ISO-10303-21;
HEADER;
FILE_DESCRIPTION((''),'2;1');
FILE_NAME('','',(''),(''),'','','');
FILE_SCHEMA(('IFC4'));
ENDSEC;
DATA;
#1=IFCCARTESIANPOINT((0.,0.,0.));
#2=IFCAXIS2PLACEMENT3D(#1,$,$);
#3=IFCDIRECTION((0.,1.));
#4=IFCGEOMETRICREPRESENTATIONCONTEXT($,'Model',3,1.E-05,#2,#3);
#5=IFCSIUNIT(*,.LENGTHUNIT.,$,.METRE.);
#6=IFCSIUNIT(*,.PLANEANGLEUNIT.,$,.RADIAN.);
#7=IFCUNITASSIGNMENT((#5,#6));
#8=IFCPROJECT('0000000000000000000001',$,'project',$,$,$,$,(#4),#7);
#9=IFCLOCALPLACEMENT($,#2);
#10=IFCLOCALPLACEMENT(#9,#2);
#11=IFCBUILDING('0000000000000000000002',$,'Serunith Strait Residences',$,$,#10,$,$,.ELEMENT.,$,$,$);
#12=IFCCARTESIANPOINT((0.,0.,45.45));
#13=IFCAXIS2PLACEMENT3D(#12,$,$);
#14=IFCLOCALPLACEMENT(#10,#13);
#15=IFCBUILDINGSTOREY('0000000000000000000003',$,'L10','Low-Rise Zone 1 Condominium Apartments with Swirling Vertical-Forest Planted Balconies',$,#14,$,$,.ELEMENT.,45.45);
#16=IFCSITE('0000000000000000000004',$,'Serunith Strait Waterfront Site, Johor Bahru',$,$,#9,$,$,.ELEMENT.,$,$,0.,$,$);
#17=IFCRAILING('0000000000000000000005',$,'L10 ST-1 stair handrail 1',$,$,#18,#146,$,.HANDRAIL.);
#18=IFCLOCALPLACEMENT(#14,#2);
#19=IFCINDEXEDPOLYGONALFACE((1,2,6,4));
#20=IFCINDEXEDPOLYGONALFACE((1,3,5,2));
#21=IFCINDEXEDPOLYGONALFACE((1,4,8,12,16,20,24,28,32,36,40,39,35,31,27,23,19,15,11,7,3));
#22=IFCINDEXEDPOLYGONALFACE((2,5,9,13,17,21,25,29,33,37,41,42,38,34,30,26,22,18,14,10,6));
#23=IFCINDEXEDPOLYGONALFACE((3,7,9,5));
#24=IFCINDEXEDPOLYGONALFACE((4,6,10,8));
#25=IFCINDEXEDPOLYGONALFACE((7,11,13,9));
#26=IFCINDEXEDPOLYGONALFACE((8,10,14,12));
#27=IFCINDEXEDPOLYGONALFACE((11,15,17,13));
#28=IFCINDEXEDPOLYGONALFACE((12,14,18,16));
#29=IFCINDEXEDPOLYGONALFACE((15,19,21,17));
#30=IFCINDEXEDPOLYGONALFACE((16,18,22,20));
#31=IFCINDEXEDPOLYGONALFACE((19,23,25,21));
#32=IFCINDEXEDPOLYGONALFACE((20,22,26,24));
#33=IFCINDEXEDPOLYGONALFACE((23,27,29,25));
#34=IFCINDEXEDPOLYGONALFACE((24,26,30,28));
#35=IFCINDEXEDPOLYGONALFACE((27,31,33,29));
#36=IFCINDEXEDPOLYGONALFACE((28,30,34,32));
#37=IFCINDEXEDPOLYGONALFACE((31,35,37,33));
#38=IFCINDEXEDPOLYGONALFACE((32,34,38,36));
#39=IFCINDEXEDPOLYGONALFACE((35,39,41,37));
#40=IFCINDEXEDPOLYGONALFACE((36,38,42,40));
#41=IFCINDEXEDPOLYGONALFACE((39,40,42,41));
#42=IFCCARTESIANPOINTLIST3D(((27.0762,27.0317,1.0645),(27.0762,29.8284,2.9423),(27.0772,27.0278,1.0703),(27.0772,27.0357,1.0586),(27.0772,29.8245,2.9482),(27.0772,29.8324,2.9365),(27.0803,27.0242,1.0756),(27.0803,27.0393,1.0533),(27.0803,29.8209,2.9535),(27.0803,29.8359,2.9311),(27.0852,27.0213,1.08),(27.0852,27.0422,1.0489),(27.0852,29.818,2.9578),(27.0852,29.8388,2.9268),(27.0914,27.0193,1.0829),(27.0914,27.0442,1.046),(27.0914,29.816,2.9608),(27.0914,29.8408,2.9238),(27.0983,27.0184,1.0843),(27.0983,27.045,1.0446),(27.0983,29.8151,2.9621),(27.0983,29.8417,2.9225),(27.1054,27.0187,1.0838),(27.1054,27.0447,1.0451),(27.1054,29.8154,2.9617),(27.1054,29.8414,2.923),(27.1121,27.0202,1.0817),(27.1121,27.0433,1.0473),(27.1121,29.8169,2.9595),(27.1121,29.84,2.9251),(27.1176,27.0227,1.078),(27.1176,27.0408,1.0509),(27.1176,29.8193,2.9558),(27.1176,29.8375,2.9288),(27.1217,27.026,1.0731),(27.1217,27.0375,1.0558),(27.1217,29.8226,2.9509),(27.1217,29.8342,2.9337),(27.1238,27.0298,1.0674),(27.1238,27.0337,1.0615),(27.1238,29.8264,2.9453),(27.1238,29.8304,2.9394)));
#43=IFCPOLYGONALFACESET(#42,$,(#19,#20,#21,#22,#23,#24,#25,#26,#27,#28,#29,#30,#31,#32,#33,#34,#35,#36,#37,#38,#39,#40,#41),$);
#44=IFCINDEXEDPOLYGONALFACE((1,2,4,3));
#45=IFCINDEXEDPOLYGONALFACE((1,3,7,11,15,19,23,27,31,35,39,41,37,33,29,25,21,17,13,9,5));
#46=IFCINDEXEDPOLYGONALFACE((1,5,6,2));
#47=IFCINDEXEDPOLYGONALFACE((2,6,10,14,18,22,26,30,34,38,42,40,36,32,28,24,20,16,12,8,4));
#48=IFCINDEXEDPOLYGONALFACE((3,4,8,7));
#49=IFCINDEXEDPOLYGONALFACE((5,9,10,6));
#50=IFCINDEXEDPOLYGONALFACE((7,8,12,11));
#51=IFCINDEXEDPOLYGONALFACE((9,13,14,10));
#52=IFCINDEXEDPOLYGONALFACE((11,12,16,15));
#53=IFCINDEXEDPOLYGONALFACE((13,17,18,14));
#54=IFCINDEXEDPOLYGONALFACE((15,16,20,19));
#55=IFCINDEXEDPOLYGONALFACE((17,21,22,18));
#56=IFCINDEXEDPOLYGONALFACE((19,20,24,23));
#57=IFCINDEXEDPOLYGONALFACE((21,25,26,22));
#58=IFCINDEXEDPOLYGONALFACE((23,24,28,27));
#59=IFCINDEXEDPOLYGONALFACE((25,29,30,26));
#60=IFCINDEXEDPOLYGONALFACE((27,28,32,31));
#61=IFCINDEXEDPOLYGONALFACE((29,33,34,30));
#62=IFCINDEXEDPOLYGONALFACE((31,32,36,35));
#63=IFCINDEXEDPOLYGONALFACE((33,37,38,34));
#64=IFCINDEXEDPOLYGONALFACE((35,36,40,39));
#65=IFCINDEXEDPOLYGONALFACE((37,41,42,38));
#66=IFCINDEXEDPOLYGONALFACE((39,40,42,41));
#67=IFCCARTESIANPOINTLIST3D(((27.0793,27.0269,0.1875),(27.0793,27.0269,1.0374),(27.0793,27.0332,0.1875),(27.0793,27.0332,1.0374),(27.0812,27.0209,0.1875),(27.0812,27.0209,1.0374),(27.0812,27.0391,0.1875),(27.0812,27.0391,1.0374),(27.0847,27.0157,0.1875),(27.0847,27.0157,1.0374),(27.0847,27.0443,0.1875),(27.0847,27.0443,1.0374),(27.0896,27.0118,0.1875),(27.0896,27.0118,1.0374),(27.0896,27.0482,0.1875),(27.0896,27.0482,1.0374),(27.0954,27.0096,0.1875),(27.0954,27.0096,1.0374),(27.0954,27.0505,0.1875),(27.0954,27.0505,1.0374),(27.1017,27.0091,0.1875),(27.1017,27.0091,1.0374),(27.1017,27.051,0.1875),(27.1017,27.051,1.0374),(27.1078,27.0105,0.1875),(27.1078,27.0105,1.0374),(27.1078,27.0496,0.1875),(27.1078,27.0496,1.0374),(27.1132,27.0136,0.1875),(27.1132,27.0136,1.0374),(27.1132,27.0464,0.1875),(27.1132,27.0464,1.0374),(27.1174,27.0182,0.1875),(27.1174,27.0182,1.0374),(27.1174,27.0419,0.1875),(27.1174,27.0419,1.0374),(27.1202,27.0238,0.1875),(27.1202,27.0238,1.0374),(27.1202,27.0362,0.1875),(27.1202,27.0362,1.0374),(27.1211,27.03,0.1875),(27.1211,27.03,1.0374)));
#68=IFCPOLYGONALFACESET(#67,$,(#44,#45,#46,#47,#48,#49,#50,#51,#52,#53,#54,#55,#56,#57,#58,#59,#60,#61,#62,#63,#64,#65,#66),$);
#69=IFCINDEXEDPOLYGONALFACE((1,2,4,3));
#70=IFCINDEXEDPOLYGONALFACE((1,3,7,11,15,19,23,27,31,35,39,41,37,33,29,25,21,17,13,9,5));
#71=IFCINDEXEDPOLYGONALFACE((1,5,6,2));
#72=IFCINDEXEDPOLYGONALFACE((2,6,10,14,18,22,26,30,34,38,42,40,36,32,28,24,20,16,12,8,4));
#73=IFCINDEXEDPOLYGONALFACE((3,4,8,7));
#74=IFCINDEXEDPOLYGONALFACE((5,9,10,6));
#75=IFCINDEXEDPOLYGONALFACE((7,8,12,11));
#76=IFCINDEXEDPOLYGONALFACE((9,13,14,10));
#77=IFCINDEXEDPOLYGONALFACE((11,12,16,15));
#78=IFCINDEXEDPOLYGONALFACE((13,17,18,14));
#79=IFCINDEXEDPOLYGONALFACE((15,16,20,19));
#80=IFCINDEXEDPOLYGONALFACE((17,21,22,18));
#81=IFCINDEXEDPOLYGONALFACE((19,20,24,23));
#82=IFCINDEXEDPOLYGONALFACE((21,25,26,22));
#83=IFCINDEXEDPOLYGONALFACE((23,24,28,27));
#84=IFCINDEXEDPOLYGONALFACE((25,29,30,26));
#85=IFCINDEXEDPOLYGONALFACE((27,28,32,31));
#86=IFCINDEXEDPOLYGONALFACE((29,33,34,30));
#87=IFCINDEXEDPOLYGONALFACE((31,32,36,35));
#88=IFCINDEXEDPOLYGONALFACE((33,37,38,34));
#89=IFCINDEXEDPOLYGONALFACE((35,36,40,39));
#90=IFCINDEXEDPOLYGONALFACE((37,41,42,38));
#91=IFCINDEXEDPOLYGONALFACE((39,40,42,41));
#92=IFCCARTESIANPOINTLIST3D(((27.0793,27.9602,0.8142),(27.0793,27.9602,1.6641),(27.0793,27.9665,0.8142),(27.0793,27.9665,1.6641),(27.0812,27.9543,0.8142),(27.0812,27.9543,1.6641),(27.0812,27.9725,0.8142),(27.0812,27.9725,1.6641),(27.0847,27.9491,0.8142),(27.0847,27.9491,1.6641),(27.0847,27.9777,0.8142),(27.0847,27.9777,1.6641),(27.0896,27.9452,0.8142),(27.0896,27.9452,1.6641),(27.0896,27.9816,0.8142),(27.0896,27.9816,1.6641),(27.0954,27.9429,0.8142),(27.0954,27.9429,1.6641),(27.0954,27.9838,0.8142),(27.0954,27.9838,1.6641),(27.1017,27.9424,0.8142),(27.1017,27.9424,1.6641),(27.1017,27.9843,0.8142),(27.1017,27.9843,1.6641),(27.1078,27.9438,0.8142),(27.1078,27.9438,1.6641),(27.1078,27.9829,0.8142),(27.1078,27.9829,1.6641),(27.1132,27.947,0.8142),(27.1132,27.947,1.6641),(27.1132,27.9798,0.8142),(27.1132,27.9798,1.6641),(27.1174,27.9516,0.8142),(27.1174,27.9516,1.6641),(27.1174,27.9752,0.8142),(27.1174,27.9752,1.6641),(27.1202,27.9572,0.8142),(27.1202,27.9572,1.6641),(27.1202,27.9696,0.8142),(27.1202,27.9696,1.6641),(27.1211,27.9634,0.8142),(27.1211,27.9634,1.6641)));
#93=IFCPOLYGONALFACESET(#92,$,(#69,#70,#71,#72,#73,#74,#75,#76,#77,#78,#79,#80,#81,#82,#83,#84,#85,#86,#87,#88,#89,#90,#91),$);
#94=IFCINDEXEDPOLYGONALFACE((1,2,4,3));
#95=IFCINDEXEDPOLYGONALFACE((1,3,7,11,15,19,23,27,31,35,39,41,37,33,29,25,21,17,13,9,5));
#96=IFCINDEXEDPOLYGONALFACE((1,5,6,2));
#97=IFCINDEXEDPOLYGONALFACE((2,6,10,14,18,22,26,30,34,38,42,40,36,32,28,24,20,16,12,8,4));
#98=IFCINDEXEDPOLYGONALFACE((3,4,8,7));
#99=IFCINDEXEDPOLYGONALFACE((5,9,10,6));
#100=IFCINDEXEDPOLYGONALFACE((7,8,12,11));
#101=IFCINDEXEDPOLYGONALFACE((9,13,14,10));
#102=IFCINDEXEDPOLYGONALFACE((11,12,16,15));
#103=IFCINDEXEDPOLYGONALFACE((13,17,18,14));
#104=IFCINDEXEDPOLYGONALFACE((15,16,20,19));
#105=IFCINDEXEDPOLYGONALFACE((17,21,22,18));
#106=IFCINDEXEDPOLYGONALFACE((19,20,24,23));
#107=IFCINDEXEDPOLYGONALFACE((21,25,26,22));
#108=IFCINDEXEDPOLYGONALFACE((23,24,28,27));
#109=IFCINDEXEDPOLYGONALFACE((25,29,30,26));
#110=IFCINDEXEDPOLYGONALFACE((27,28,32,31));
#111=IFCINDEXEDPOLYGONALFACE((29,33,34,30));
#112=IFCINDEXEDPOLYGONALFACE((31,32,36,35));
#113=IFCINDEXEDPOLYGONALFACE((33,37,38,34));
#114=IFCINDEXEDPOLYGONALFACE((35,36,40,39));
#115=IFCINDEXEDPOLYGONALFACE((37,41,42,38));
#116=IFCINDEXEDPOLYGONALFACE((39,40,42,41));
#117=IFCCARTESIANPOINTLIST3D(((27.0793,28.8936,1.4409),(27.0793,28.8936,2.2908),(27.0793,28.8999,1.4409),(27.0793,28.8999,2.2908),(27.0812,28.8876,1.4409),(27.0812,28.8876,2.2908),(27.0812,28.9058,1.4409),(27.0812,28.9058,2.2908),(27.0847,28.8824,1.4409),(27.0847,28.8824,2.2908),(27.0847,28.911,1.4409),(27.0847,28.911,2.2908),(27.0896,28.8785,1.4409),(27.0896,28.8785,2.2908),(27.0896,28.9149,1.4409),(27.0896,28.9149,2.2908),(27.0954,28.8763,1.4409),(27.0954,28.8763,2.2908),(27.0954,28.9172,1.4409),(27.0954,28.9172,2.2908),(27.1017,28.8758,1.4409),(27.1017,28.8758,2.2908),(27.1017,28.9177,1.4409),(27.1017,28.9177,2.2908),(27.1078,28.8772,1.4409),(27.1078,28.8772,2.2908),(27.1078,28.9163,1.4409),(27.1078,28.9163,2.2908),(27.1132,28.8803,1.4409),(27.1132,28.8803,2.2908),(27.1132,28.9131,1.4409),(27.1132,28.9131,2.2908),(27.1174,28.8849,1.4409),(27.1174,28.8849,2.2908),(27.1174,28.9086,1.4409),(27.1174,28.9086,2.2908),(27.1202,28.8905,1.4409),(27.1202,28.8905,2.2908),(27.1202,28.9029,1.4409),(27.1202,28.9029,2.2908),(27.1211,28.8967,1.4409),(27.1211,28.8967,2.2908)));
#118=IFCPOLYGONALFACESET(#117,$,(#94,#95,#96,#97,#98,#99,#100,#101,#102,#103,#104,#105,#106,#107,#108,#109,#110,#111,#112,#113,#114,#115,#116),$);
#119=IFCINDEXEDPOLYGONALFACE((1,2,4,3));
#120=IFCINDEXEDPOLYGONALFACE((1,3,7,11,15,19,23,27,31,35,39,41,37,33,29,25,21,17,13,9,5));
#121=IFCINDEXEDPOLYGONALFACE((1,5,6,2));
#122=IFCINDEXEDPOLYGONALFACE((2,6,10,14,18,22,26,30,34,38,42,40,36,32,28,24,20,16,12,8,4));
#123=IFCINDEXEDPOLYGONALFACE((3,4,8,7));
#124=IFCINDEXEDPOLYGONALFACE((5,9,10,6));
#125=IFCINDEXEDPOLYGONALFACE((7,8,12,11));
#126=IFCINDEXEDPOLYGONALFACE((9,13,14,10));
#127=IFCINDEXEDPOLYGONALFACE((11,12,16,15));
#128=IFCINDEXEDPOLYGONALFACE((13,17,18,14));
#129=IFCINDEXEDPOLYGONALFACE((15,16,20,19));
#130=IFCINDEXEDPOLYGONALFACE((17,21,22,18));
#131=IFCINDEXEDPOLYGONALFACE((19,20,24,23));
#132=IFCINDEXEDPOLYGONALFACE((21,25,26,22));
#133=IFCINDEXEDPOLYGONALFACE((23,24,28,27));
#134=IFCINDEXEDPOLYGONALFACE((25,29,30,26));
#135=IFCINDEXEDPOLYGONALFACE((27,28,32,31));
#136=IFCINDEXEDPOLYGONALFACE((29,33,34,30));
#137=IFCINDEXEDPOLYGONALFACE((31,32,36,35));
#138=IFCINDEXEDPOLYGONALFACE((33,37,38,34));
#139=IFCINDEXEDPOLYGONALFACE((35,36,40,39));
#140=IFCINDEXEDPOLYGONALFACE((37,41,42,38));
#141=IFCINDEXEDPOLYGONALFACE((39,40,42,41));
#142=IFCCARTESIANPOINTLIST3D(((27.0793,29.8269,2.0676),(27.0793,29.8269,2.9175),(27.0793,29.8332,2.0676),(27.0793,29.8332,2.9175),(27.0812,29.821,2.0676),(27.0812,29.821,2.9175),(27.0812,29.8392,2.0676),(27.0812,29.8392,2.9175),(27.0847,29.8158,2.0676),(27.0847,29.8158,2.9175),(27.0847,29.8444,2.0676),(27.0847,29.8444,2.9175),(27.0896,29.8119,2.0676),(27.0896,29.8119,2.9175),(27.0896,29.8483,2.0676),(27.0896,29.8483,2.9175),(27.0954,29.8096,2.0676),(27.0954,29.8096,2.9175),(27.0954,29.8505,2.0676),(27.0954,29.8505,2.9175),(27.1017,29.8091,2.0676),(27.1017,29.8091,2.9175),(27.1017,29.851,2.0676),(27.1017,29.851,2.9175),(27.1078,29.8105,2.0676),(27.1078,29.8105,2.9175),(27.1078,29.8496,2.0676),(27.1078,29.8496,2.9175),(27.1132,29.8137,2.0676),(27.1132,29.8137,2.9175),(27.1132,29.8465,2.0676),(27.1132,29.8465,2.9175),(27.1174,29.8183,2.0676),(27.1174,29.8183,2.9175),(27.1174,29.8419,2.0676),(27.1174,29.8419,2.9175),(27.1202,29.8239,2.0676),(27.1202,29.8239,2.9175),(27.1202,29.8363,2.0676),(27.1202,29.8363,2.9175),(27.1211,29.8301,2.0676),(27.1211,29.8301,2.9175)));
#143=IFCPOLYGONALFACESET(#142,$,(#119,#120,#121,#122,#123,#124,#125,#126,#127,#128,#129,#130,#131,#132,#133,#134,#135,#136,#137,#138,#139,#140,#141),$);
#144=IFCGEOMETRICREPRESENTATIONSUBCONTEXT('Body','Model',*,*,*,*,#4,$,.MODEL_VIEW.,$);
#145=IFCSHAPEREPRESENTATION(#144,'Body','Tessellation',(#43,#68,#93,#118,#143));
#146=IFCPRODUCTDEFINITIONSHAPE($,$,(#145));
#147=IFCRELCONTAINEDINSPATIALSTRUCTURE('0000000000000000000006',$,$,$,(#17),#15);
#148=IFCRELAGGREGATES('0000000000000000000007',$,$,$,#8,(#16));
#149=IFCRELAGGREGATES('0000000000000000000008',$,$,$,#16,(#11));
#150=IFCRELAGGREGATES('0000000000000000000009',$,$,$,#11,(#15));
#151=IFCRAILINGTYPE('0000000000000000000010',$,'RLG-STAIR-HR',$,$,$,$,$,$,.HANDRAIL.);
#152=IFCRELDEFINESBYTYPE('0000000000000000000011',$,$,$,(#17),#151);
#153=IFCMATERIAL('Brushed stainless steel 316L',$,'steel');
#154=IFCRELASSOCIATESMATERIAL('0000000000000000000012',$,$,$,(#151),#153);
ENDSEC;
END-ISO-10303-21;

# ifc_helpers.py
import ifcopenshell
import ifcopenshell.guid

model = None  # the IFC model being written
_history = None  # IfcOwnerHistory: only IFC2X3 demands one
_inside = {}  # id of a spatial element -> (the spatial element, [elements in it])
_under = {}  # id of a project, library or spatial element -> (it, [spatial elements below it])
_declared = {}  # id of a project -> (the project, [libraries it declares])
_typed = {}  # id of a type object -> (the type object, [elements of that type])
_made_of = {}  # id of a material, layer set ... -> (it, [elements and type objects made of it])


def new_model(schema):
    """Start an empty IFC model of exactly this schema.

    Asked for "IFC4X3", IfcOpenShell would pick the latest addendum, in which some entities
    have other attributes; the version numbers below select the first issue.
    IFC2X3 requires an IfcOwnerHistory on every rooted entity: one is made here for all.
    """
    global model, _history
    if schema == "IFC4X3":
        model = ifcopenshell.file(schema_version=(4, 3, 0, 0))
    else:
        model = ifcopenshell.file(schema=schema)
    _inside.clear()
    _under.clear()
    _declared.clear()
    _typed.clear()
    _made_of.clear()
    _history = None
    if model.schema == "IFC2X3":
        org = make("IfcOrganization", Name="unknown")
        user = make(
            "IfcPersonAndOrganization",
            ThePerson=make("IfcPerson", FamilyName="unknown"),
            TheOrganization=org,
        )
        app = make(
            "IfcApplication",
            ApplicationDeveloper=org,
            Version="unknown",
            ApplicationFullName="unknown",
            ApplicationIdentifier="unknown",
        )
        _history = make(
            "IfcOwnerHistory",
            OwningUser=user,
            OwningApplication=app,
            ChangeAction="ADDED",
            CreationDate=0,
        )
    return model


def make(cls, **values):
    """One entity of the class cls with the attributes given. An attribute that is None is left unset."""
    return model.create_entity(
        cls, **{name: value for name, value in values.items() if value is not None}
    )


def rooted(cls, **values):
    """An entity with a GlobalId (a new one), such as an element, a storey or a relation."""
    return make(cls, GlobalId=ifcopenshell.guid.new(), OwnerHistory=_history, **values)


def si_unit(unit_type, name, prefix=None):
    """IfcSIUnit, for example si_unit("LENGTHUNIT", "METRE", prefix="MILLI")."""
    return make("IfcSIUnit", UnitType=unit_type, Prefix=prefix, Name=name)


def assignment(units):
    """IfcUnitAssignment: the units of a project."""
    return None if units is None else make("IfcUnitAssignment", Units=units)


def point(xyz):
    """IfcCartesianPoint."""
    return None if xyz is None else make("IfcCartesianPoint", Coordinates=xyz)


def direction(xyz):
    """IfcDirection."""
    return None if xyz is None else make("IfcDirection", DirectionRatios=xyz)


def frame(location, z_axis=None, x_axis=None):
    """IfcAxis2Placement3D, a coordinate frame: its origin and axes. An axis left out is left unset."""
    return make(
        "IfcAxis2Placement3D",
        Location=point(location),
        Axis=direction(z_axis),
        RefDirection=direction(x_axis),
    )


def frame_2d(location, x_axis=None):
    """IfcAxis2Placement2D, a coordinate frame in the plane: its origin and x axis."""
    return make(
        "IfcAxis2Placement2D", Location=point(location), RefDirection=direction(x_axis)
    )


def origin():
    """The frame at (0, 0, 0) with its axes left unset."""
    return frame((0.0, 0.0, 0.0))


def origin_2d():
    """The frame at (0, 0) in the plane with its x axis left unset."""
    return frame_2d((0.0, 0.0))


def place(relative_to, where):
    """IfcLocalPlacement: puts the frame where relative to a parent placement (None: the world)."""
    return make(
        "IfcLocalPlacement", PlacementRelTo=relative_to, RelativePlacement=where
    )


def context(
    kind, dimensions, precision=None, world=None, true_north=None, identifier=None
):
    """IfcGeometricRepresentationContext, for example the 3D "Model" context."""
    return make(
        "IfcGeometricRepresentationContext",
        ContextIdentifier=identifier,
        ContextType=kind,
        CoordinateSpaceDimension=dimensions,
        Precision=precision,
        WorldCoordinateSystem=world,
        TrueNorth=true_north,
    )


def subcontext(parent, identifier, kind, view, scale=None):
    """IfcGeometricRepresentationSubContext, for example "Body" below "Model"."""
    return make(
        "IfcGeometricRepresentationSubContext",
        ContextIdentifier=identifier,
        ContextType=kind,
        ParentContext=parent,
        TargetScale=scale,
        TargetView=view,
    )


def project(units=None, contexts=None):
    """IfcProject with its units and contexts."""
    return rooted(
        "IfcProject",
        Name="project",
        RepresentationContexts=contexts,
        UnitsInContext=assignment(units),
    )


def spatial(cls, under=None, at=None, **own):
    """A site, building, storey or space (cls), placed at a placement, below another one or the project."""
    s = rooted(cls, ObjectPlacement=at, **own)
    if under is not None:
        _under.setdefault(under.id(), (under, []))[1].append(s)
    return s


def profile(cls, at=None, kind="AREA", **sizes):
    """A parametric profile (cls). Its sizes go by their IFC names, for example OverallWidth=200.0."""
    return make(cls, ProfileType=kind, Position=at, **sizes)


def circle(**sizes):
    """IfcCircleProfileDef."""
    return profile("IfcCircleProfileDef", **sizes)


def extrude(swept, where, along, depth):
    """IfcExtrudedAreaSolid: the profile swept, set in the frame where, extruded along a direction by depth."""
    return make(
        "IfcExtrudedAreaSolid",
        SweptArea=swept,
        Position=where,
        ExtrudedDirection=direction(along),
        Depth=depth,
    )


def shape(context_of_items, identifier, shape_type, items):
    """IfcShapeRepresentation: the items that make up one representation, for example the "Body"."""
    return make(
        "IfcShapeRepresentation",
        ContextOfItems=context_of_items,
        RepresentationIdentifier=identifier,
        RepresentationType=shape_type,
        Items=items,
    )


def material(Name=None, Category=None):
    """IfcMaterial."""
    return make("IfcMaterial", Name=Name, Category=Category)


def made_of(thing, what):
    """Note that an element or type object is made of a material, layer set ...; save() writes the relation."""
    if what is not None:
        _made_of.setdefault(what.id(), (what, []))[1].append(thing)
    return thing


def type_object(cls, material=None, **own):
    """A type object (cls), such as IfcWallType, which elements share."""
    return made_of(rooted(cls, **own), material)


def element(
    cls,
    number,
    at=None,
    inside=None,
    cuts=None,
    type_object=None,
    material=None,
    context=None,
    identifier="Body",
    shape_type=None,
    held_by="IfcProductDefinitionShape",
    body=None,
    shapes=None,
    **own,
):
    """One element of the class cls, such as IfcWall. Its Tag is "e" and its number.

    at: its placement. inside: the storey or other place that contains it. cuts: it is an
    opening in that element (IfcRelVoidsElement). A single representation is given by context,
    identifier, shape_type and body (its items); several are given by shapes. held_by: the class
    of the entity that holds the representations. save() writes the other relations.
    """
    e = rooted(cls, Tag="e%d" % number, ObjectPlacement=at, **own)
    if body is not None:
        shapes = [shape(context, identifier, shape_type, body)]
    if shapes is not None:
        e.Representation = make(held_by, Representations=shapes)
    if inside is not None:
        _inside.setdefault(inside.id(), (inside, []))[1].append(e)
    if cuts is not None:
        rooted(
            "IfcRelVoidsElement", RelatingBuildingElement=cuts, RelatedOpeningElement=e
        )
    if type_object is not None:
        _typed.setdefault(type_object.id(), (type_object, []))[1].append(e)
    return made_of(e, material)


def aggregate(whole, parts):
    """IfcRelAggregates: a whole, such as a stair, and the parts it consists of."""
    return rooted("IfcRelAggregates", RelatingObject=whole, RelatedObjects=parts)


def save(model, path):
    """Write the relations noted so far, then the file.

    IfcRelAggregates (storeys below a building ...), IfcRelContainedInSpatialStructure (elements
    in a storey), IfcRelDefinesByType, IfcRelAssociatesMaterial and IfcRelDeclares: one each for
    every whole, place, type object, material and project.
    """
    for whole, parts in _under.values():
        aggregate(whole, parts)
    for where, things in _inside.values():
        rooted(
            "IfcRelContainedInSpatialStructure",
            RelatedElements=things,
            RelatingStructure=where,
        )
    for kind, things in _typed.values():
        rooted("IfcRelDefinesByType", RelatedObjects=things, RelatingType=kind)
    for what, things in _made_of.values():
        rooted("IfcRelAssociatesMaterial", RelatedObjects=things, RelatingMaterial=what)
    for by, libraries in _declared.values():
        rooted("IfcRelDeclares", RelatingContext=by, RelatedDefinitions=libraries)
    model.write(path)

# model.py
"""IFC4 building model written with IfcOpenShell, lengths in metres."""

from ifc_helpers import new_model, si_unit, direction, frame, origin, origin_2d, place, context, subcontext, project, spatial, circle, extrude, material, type_object, element, save


model = new_model("IFC4")

# Units and contexts
model_context = context("Model", 3, precision=1e-05, world=origin(), true_north=direction((0.0, 1.0)))
body_context = subcontext(model_context, "Body", "Model", "MODEL_VIEW")
ifc_project = project(units=[si_unit("LENGTHUNIT", "METRE"), si_unit("PLANEANGLEUNIT", "RADIAN")], contexts=[model_context])

# Site, building, storey
site_placement = place(None, origin())
site = spatial("IfcSite", under=ifc_project, at=site_placement, Name="Serunith Strait Waterfront Site, Johor Bahru", CompositionType="ELEMENT", RefElevation=0.0)
building_placement = place(site_placement, origin())
building = spatial("IfcBuilding", under=site, at=building_placement, Name="Serunith Strait Residences", CompositionType="ELEMENT")
storey_placement = place(building_placement, frame((0.0, 0.0, 45.45)))
storey = spatial("IfcBuildingStorey", under=building, at=storey_placement, Name="L10", Description="Low-Rise Zone 1 Condominium Apartments with Swirling Vertical-Forest Planted Balconies", CompositionType="ELEMENT", Elevation=45.45)

# Railing
ifc_material_1 = material(Name="Brushed stainless steel 316L", Category="steel")
railing_type_1 = type_object("IfcRailingType", Name="RLG-STAIR-HR", PredefinedType="HANDRAIL", material=ifc_material_1)
railing_1_placement = place(storey_placement, frame((27.1001, 27.03, 0.1875)))
element("IfcRailing", 1, at=railing_1_placement, inside=storey, type_object=railing_type_1, Name="L10 ST-1 stair handrail 1", PredefinedType="HANDRAIL", context=body_context, shape_type="SweptSolid", body=[
    extrude(circle(Radius=0.0239, at=origin_2d()), frame((0.0, 0.0017, 0.877), z_axis=(0.0, 0.830208, 0.557453), x_axis=(-1.0, 0.0, 0.0)), (0.0, 0.0, 1.0), 3.3687),
    extrude(circle(Radius=0.021, at=origin_2d()), origin(), (0.0, 0.0, 1.0), 0.8499),
    extrude(circle(Radius=0.021, at=origin_2d()), frame((0.0, 0.9333, 0.6267)), (0.0, 0.0, 1.0), 0.8499),
    extrude(circle(Radius=0.021, at=origin_2d()), frame((0.0, 1.8667, 1.2534)), (0.0, 0.0, 1.0), 0.8499),
    extrude(circle(Radius=0.021, at=origin_2d()), frame((0.0, 2.8, 1.8801)), (0.0, 0.0, 1.0), 0.8499),
])

save(model, "model.ifc")
